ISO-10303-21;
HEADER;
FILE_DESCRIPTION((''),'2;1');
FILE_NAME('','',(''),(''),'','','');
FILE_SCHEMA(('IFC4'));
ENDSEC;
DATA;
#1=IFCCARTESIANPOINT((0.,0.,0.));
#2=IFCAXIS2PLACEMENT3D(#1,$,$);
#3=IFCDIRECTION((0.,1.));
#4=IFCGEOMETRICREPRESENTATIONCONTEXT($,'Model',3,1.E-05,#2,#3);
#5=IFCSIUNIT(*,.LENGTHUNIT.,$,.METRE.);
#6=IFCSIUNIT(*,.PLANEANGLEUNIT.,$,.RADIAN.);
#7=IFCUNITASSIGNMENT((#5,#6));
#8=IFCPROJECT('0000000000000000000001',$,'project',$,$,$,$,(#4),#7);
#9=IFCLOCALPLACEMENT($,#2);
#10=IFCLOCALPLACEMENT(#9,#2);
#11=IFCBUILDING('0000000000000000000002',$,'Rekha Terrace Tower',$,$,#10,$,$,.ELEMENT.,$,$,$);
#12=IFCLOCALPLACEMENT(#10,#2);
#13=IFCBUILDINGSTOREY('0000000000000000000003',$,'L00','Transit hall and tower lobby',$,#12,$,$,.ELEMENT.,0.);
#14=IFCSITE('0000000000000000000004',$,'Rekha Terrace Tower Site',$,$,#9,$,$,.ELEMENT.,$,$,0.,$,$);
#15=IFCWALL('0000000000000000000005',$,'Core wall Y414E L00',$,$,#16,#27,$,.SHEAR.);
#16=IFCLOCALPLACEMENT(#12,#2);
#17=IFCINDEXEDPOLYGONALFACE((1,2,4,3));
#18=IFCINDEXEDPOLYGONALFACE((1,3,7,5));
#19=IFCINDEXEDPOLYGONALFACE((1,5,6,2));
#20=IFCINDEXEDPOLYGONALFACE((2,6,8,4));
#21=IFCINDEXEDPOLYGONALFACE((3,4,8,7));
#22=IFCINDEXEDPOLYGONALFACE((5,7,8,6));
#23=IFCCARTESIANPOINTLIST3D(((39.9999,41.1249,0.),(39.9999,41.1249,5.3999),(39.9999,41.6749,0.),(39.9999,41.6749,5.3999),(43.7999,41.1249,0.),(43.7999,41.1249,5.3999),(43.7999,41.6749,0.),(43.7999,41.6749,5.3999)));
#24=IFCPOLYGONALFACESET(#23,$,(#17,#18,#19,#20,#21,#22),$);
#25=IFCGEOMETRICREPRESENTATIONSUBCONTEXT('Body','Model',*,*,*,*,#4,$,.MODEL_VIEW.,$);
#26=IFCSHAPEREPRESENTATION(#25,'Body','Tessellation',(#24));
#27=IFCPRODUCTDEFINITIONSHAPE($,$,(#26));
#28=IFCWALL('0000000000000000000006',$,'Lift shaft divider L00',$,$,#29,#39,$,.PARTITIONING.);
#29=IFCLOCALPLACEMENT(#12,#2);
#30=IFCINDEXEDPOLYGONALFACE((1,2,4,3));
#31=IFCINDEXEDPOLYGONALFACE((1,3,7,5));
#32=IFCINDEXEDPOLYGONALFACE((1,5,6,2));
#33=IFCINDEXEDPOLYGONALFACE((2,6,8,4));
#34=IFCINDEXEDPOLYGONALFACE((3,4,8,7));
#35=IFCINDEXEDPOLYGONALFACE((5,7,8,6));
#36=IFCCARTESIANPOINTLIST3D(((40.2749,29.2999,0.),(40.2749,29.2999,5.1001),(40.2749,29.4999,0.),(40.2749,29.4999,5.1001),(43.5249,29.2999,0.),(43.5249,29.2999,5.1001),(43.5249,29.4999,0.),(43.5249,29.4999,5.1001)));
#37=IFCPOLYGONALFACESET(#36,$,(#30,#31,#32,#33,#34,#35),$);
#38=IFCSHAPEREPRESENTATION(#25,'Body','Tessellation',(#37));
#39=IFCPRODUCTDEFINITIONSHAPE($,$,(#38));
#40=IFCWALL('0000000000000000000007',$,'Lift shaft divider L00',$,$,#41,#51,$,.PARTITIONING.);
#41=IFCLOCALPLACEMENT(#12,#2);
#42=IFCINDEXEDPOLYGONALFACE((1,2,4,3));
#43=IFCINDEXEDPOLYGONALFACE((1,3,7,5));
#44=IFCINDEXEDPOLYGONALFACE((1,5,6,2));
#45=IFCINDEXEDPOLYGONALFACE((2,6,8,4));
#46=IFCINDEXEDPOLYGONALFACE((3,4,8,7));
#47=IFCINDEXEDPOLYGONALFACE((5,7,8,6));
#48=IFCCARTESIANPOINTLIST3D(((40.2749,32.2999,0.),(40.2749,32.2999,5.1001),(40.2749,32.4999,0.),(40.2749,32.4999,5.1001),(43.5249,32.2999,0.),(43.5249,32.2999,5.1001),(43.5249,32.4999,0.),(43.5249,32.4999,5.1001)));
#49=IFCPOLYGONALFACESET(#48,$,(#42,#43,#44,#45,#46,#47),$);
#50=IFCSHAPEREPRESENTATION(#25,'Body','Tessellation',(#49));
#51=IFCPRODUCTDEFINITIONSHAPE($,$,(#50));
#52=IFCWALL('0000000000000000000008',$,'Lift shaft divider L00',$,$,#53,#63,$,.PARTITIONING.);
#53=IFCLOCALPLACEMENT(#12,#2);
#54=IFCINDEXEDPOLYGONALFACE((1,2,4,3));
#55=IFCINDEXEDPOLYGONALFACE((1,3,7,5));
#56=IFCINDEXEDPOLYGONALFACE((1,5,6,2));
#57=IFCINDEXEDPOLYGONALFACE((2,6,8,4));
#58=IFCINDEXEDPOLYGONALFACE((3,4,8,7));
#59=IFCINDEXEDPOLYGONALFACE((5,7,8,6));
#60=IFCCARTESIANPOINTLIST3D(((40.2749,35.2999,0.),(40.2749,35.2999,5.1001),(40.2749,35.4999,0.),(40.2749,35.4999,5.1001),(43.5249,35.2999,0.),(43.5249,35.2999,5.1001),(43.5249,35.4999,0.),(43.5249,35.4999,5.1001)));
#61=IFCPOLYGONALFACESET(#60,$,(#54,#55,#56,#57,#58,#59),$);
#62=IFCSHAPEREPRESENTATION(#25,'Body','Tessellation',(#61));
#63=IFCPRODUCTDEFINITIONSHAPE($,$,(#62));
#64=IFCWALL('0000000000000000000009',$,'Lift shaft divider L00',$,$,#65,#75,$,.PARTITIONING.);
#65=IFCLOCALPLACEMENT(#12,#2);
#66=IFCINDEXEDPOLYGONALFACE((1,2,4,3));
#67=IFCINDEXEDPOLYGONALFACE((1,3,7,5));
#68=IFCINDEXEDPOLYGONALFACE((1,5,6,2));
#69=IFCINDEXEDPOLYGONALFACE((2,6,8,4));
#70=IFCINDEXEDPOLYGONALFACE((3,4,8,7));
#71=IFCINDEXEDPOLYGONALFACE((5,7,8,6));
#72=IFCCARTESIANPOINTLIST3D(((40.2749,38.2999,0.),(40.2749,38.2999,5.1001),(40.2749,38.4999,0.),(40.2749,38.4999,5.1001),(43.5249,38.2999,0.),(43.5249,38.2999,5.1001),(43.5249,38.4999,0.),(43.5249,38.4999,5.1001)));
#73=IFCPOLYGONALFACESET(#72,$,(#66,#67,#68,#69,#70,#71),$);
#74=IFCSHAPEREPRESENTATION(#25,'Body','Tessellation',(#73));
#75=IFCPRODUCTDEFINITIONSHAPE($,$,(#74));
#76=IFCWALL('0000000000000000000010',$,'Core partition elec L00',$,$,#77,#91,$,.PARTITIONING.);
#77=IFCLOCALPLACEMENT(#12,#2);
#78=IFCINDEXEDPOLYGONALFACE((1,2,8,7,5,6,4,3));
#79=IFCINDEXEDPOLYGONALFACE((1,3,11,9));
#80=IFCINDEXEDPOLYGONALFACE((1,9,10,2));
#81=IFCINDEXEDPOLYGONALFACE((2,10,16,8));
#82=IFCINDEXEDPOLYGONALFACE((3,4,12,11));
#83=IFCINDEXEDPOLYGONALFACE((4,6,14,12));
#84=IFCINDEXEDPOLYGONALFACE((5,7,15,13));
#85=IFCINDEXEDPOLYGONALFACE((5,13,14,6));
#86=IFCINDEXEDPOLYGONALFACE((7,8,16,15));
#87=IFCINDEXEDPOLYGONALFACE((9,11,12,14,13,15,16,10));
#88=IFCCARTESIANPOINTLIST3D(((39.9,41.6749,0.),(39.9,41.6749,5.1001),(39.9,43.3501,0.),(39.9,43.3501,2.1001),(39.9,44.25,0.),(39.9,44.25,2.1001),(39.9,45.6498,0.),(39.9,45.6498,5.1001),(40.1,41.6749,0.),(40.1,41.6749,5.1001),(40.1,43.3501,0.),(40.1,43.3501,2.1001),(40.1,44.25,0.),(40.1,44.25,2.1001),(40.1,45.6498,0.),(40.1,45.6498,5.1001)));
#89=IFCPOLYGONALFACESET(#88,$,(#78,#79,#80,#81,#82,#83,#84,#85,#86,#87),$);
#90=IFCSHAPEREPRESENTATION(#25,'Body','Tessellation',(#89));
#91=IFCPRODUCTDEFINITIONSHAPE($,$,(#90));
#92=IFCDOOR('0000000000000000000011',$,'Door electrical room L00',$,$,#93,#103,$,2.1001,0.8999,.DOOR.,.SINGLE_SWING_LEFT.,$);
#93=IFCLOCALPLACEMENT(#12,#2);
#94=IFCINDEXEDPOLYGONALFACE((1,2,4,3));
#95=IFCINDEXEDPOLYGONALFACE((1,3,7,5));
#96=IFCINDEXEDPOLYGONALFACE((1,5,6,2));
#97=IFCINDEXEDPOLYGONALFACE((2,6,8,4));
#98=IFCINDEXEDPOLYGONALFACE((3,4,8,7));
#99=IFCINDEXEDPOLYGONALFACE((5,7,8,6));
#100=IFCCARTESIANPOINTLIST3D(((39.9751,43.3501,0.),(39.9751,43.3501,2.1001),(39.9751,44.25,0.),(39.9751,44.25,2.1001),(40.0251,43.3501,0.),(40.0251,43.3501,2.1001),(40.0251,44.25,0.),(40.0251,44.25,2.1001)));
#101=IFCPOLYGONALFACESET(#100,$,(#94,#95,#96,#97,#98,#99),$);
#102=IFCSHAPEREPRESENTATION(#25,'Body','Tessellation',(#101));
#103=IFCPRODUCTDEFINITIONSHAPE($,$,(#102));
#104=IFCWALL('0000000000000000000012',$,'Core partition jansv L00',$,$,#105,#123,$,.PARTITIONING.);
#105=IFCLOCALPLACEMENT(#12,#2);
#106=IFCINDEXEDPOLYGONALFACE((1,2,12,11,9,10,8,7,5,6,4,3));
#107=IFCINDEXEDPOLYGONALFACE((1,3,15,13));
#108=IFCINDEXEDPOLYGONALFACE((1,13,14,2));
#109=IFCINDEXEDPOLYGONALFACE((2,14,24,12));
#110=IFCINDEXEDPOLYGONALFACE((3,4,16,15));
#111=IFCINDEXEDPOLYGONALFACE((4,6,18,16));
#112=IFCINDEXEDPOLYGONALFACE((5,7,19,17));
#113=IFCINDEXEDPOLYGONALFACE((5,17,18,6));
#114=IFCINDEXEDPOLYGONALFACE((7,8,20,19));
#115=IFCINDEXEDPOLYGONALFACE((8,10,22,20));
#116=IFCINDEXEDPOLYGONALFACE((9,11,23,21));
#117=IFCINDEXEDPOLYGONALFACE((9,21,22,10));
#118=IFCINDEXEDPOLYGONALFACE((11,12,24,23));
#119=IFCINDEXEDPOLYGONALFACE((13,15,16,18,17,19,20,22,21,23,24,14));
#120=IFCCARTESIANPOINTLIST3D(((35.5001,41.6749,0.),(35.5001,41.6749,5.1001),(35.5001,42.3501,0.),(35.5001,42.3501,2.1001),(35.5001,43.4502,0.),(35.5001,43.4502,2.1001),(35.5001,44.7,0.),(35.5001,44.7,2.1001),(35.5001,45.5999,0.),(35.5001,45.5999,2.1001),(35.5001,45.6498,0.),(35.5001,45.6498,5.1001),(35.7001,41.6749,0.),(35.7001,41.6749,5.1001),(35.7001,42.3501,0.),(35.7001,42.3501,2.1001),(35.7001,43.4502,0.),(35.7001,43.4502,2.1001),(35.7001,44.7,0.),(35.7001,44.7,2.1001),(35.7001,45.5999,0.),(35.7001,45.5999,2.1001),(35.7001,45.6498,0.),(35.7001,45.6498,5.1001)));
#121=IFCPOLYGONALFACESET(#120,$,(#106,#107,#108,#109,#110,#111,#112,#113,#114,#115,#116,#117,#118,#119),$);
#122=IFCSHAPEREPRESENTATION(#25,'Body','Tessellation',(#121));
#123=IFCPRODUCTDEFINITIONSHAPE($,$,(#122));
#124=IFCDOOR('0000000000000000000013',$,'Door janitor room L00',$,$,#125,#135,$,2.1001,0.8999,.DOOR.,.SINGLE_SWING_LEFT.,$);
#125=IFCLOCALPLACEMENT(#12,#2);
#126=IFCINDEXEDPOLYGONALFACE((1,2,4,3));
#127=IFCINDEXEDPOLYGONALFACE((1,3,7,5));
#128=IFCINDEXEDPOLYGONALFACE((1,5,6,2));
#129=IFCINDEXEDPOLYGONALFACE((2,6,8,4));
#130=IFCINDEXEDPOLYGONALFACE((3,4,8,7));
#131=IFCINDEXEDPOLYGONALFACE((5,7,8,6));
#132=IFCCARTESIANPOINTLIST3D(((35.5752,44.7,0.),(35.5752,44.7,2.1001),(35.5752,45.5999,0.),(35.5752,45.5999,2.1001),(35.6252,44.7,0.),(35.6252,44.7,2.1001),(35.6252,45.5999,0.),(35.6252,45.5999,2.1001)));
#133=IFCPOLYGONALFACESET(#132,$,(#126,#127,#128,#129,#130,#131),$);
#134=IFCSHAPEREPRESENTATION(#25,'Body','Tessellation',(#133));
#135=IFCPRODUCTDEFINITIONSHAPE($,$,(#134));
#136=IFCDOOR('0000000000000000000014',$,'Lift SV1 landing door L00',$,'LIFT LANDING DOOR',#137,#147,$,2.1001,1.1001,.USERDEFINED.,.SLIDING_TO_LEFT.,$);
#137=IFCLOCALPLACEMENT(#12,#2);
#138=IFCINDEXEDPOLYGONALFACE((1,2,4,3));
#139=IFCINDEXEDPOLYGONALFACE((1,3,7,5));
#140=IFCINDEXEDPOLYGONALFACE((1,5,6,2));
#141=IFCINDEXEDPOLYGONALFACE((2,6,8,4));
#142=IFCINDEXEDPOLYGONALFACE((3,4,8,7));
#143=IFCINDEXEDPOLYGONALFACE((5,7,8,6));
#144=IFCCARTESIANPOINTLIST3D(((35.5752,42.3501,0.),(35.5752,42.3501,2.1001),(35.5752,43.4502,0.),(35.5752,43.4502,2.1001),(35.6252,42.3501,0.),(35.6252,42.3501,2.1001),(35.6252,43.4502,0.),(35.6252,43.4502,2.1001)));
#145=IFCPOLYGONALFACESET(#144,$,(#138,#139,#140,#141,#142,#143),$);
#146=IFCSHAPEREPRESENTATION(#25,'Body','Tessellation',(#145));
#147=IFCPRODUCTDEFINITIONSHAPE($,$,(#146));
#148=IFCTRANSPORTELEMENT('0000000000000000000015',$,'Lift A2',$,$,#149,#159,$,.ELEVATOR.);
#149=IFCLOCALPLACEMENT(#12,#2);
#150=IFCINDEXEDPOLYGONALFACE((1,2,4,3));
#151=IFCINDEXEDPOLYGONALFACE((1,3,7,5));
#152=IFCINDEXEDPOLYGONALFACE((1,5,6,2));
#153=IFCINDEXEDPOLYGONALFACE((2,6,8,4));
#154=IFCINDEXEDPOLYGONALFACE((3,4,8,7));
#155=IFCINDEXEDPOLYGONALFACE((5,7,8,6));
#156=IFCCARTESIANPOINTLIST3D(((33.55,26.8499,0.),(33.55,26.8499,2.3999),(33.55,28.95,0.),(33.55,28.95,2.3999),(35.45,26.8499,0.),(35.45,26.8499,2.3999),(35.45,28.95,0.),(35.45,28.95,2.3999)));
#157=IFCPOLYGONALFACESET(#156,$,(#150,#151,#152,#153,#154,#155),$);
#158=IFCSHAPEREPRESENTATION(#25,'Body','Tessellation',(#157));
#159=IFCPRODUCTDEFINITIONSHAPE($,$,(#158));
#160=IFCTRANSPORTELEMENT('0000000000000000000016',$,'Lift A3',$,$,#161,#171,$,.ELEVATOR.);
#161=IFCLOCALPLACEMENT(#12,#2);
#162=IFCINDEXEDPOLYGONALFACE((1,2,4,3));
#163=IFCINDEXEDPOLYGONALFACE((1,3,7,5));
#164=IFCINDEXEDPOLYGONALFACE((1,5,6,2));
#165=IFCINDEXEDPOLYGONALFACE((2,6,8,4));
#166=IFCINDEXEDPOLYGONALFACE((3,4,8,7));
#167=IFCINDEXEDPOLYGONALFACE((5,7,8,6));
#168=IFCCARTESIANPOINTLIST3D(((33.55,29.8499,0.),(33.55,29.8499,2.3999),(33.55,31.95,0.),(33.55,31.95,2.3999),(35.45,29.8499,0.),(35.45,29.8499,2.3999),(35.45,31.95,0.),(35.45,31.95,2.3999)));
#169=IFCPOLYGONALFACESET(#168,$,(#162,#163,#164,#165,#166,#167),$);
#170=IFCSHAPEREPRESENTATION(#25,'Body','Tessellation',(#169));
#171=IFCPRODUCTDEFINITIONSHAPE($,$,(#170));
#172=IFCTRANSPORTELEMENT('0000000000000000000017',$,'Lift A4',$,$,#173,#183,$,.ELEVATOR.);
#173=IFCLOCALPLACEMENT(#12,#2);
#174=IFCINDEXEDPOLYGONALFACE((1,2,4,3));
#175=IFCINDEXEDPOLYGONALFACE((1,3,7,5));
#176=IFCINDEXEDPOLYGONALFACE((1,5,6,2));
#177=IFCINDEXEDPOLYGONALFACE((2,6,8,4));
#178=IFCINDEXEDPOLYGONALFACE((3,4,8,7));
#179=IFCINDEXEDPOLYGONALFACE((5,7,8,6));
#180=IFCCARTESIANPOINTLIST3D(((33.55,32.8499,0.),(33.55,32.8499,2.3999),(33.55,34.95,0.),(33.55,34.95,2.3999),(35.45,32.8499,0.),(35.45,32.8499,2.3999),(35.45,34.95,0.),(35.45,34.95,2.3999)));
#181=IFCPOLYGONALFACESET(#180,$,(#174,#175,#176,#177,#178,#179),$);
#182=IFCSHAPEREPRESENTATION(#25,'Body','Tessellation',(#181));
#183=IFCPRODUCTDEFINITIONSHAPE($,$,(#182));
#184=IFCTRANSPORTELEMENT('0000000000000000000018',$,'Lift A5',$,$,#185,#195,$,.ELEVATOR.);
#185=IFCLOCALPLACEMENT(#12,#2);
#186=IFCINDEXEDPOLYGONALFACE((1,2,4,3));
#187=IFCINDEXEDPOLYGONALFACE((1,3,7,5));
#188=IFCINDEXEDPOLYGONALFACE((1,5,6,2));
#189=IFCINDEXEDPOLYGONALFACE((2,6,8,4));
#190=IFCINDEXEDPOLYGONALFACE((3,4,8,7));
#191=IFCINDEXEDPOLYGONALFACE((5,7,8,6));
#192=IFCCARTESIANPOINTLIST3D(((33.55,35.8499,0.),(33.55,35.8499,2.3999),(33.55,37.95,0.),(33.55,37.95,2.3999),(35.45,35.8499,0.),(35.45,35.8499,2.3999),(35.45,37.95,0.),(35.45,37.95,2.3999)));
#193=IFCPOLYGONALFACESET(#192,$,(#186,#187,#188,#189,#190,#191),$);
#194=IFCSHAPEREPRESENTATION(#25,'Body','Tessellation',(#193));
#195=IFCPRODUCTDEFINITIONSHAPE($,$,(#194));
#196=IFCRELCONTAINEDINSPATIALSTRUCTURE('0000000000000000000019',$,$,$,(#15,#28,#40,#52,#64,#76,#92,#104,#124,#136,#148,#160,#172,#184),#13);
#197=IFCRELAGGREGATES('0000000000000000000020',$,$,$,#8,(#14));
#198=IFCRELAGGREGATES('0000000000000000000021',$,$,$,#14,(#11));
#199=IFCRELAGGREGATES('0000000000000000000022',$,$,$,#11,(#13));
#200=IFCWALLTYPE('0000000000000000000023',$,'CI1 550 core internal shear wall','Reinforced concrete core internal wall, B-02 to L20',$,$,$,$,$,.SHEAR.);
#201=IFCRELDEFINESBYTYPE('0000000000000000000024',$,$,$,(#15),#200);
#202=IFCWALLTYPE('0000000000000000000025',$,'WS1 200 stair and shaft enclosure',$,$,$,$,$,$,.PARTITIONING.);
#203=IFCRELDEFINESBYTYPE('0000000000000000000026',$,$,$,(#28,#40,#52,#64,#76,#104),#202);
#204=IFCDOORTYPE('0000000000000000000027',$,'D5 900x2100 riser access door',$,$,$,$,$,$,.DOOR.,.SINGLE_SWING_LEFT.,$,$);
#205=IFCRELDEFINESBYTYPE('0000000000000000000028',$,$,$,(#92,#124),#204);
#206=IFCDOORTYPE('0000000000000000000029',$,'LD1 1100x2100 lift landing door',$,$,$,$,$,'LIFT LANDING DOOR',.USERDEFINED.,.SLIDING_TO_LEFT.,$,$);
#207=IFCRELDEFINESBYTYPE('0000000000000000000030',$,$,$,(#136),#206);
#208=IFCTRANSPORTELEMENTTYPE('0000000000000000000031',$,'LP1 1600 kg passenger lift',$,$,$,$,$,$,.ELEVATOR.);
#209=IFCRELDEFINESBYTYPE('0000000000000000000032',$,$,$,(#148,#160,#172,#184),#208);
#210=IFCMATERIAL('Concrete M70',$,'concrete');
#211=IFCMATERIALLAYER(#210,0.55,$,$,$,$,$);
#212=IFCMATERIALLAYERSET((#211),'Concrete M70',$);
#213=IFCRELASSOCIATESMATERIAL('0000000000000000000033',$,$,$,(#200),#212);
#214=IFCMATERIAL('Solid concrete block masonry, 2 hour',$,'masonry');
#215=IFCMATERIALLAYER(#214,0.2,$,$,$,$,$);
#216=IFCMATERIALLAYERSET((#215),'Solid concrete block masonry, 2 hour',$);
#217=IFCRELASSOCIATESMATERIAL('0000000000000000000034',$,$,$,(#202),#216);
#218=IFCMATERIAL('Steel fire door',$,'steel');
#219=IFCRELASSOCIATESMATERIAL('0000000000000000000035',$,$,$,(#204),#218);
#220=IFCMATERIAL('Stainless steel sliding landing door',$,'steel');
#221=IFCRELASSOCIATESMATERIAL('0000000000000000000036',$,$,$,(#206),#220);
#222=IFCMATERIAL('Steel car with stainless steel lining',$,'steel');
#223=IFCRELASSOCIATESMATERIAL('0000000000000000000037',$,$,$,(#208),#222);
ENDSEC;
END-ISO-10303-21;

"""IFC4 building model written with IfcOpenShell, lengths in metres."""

from ifc_helpers import new_model, si_unit, direction, frame, frame_2d, origin, origin_2d, place, context, subcontext, project, spatial, rectangle, extrude, material, layer, layer_set, type_object, element, fill, save


model = new_model("IFC4")

# Units and contexts
model_context = context("Model", 3, precision=1e-05, world=origin(), true_north=direction((0.0, 1.0)))
body_context = subcontext(model_context, "Body", "Model", "MODEL_VIEW")
ifc_project = project(units=[si_unit("LENGTHUNIT", "METRE"), si_unit("PLANEANGLEUNIT", "RADIAN")], contexts=[model_context])

# Site, building, storey
site_placement = place(None, origin())
site = spatial("IfcSite", under=ifc_project, at=site_placement, Name="Rekha Terrace Tower Site", CompositionType="ELEMENT", RefElevation=0.0)
building_placement = place(site_placement, origin())
building = spatial("IfcBuilding", under=site, at=building_placement, Name="Rekha Terrace Tower", CompositionType="ELEMENT")
storey_placement = place(building_placement, origin())
storey = spatial("IfcBuildingStorey", under=building, at=storey_placement, Name="L00", Description="Transit hall and tower lobby", CompositionType="ELEMENT", Elevation=0.0)

# Walls
ifc_material_1 = material(Name="Concrete M70", Category="concrete")
ifc_layer_1 = layer(ifc_material_1, 0.55)
ifc_layer_set_1 = layer_set([ifc_layer_1], Name="Concrete M70")
wall_type_1 = type_object("IfcWallType", Name="CI1 550 core internal shear wall", Description="Reinforced concrete core internal wall, B-02 to L20", PredefinedType="SHEAR", material=ifc_layer_set_1)
wall_1_placement = place(storey_placement, frame((40.0, 41.3999, 0.0), z_axis=(0.0, 0.0, 1.0), x_axis=(1.0, 0.0, 0.0)))
element("IfcWall", 1, at=wall_1_placement, inside=storey, type_object=wall_type_1, Name="Core wall Y414E L00", PredefinedType="SHEAR", context=body_context, shape_type="SweptSolid", body=[
    extrude(rectangle(XDim=3.8, YDim=0.55, at=frame_2d((1.8999, 0.0))), origin(), (0.0, 0.0, 1.0), 5.3999),
])
ifc_material_2 = material(Name="Solid concrete block masonry, 2 hour", Category="masonry")
ifc_layer_2 = layer(ifc_material_2, 0.2)
ifc_layer_set_2 = layer_set([ifc_layer_2], Name="Solid concrete block masonry, 2 hour")
wall_type_2 = type_object("IfcWallType", Name="WS1 200 stair and shaft enclosure", PredefinedType="PARTITIONING", material=ifc_layer_set_2)
for number, where, z_axis, x_axis, name in (
    (2, (40.2749, 29.3999, 0.0), (0.0, 0.0, 1.0), (1.0, 0.0, 0.0), "Lift shaft divider L00"),
    (3, (40.2749, 32.3999, 0.0), (0.0, 0.0, 1.0), (1.0, 0.0, 0.0), "Lift shaft divider L00"),
    (4, (40.2749, 35.3999, 0.0), (0.0, 0.0, 1.0), (1.0, 0.0, 0.0), "Lift shaft divider L00"),
    (5, (40.2749, 38.3999, 0.0), (0.0, 0.0, 1.0), (1.0, 0.0, 0.0), "Lift shaft divider L00"),
):
    element("IfcWall", number, at=place(storey_placement, frame(where, z_axis=z_axis, x_axis=x_axis)), inside=storey, type_object=wall_type_2, Name=name, PredefinedType="PARTITIONING", context=body_context, shape_type="SweptSolid", body=[
        extrude(rectangle(XDim=3.25, YDim=0.2, at=frame_2d((1.625, 0.0))), origin(), (0.0, 0.0, 1.0), 5.1001),
    ])

# Wall, opening, door
wall_2_placement = place(storey_placement, frame((40.0, 41.675, 0.0), z_axis=(0.0, 0.0, 1.0), x_axis=(0.0, 1.0, 0.0)))
wall_2 = element("IfcWall", 6, at=wall_2_placement, inside=storey, type_object=wall_type_2, Name="Core partition elec L00", PredefinedType="PARTITIONING", context=body_context, shape_type="SweptSolid", body=[
    extrude(rectangle(XDim=3.9749, YDim=0.2, at=frame_2d((1.9873, 0.0))), origin(), (0.0, 0.0, 1.0), 5.1001),
])
opening_1_placement = place(wall_2_placement, frame((1.675, 0.0, 0.0)))
opening_1 = element("IfcOpeningElement", 7, at=opening_1_placement, cuts=wall_2, PredefinedType="OPENING", context=body_context, shape_type="SweptSolid", body=[
    extrude(rectangle(XDim=0.8999, YDim=2.1001, at=frame_2d((0.45, 1.05))), frame((0.0, 0.1099, 0.0), z_axis=(0.0, -1.0, 0.0), x_axis=(1.0, 0.0, 0.0)), (0.0, 0.0, 1.0), 0.22),
])
ifc_material_3 = material(Name="Steel fire door", Category="steel")
door_type_1 = type_object("IfcDoorType", Name="D5 900x2100 riser access door", OperationType="SINGLE_SWING_LEFT", PredefinedType="DOOR", material=ifc_material_3)
door_1_placement = place(opening_1_placement, origin())
door_1 = element("IfcDoor", 8, at=door_1_placement, inside=storey, type_object=door_type_1, Name="Door electrical room L00", OperationType="SINGLE_SWING_LEFT", OverallHeight=2.1001, OverallWidth=0.8999, PredefinedType="DOOR", context=body_context, shape_type="SweptSolid", body=[
    extrude(rectangle(XDim=0.8999, YDim=2.1001, at=frame_2d((0.45, 1.05))), frame((0.0, 0.0249, 0.0), z_axis=(0.0, -1.0, 0.0), x_axis=(1.0, 0.0, 0.0)), (0.0, 0.0, 1.0), 0.05),
])
fill(opening_1, door_1)

# Wall, openings, doors
wall_3_placement = place(storey_placement, frame((35.6001, 41.675, 0.0), z_axis=(0.0, 0.0, 1.0), x_axis=(0.0, 1.0, 0.0)))
wall_3 = element("IfcWall", 9, at=wall_3_placement, inside=storey, type_object=wall_type_2, Name="Core partition jansv L00", PredefinedType="PARTITIONING", context=body_context, shape_type="SweptSolid", body=[
    extrude(rectangle(XDim=3.9749, YDim=0.2, at=frame_2d((1.9873, 0.0))), origin(), (0.0, 0.0, 1.0), 5.1001),
])
opening_2_placement = place(wall_3_placement, frame((3.0249, 0.0, 0.0)))
opening_2 = element("IfcOpeningElement", 10, at=opening_2_placement, cuts=wall_3, PredefinedType="OPENING", context=body_context, shape_type="SweptSolid", body=[
    extrude(rectangle(XDim=0.8999, YDim=2.1001, at=frame_2d((0.45, 1.05))), frame((0.0, 0.1099, 0.0), z_axis=(0.0, -1.0, 0.0), x_axis=(1.0, 0.0, 0.0)), (0.0, 0.0, 1.0), 0.22),
])
opening_3_placement = place(wall_3_placement, frame((0.675, 0.0, 0.0)))
opening_3 = element("IfcOpeningElement", 11, at=opening_3_placement, cuts=wall_3, PredefinedType="OPENING", context=body_context, shape_type="SweptSolid", body=[
    extrude(rectangle(XDim=1.1001, YDim=2.1001, at=frame_2d((0.55, 1.05))), frame((0.0, 0.1099, 0.0), z_axis=(0.0, -1.0, 0.0), x_axis=(1.0, 0.0, 0.0)), (0.0, 0.0, 1.0), 0.22),
])
door_2_placement = place(opening_2_placement, origin())
door_2 = element("IfcDoor", 12, at=door_2_placement, inside=storey, type_object=door_type_1, Name="Door janitor room L00", OperationType="SINGLE_SWING_LEFT", OverallHeight=2.1001, OverallWidth=0.8999, PredefinedType="DOOR", context=body_context, shape_type="SweptSolid", body=[
    extrude(rectangle(XDim=0.8999, YDim=2.1001, at=frame_2d((0.45, 1.05))), frame((0.0, 0.0249, 0.0), z_axis=(0.0, -1.0, 0.0), x_axis=(1.0, 0.0, 0.0)), (0.0, 0.0, 1.0), 0.05),
])
fill(opening_2, door_2)
ifc_material_4 = material(Name="Stainless steel sliding landing door", Category="steel")
door_type_2 = type_object("IfcDoorType", Name="LD1 1100x2100 lift landing door", ElementType="LIFT LANDING DOOR", OperationType="SLIDING_TO_LEFT", PredefinedType="USERDEFINED", material=ifc_material_4)
door_3_placement = place(opening_3_placement, origin())
door_3 = element("IfcDoor", 13, at=door_3_placement, inside=storey, type_object=door_type_2, Name="Lift SV1 landing door L00", ObjectType="LIFT LANDING DOOR", OperationType="SLIDING_TO_LEFT", OverallHeight=2.1001, OverallWidth=1.1001, PredefinedType="USERDEFINED", context=body_context, shape_type="SweptSolid", body=[
    extrude(rectangle(XDim=1.1001, YDim=2.1001, at=frame_2d((0.55, 1.05))), frame((0.0, 0.0249, 0.0), z_axis=(0.0, -1.0, 0.0), x_axis=(1.0, 0.0, 0.0)), (0.0, 0.0, 1.0), 0.05),
])
fill(opening_3, door_3)

# Transport elements
ifc_material_5 = material(Name="Steel car with stainless steel lining", Category="steel")
transport_element_type_1 = type_object("IfcTransportElementType", Name="LP1 1600 kg passenger lift", PredefinedType="ELEVATOR", material=ifc_material_5)
for number, where, z_axis, x_axis, name in (
    (14, (34.5, 27.8999, 0.0), (0.0, 0.0, 1.0), (1.0, 0.0, 0.0), "Lift A2"),
    (15, (34.5, 30.8999, 0.0), (0.0, 0.0, 1.0), (1.0, 0.0, 0.0), "Lift A3"),
    (16, (34.5, 33.8999, 0.0), (0.0, 0.0, 1.0), (1.0, 0.0, 0.0), "Lift A4"),
    (17, (34.5, 36.8999, 0.0), (0.0, 0.0, 1.0), (1.0, 0.0, 0.0), "Lift A5"),
):
    element("IfcTransportElement", number, at=place(storey_placement, frame(where, z_axis=z_axis, x_axis=x_axis)), inside=storey, type_object=transport_element_type_1, Name=name, PredefinedType="ELEVATOR", context=body_context, shape_type="SweptSolid", body=[
        extrude(rectangle(XDim=1.8999, YDim=2.1001, at=origin_2d()), origin(), (0.0, 0.0, 1.0), 2.3999),
    ])

save(model, "model.ifc")
